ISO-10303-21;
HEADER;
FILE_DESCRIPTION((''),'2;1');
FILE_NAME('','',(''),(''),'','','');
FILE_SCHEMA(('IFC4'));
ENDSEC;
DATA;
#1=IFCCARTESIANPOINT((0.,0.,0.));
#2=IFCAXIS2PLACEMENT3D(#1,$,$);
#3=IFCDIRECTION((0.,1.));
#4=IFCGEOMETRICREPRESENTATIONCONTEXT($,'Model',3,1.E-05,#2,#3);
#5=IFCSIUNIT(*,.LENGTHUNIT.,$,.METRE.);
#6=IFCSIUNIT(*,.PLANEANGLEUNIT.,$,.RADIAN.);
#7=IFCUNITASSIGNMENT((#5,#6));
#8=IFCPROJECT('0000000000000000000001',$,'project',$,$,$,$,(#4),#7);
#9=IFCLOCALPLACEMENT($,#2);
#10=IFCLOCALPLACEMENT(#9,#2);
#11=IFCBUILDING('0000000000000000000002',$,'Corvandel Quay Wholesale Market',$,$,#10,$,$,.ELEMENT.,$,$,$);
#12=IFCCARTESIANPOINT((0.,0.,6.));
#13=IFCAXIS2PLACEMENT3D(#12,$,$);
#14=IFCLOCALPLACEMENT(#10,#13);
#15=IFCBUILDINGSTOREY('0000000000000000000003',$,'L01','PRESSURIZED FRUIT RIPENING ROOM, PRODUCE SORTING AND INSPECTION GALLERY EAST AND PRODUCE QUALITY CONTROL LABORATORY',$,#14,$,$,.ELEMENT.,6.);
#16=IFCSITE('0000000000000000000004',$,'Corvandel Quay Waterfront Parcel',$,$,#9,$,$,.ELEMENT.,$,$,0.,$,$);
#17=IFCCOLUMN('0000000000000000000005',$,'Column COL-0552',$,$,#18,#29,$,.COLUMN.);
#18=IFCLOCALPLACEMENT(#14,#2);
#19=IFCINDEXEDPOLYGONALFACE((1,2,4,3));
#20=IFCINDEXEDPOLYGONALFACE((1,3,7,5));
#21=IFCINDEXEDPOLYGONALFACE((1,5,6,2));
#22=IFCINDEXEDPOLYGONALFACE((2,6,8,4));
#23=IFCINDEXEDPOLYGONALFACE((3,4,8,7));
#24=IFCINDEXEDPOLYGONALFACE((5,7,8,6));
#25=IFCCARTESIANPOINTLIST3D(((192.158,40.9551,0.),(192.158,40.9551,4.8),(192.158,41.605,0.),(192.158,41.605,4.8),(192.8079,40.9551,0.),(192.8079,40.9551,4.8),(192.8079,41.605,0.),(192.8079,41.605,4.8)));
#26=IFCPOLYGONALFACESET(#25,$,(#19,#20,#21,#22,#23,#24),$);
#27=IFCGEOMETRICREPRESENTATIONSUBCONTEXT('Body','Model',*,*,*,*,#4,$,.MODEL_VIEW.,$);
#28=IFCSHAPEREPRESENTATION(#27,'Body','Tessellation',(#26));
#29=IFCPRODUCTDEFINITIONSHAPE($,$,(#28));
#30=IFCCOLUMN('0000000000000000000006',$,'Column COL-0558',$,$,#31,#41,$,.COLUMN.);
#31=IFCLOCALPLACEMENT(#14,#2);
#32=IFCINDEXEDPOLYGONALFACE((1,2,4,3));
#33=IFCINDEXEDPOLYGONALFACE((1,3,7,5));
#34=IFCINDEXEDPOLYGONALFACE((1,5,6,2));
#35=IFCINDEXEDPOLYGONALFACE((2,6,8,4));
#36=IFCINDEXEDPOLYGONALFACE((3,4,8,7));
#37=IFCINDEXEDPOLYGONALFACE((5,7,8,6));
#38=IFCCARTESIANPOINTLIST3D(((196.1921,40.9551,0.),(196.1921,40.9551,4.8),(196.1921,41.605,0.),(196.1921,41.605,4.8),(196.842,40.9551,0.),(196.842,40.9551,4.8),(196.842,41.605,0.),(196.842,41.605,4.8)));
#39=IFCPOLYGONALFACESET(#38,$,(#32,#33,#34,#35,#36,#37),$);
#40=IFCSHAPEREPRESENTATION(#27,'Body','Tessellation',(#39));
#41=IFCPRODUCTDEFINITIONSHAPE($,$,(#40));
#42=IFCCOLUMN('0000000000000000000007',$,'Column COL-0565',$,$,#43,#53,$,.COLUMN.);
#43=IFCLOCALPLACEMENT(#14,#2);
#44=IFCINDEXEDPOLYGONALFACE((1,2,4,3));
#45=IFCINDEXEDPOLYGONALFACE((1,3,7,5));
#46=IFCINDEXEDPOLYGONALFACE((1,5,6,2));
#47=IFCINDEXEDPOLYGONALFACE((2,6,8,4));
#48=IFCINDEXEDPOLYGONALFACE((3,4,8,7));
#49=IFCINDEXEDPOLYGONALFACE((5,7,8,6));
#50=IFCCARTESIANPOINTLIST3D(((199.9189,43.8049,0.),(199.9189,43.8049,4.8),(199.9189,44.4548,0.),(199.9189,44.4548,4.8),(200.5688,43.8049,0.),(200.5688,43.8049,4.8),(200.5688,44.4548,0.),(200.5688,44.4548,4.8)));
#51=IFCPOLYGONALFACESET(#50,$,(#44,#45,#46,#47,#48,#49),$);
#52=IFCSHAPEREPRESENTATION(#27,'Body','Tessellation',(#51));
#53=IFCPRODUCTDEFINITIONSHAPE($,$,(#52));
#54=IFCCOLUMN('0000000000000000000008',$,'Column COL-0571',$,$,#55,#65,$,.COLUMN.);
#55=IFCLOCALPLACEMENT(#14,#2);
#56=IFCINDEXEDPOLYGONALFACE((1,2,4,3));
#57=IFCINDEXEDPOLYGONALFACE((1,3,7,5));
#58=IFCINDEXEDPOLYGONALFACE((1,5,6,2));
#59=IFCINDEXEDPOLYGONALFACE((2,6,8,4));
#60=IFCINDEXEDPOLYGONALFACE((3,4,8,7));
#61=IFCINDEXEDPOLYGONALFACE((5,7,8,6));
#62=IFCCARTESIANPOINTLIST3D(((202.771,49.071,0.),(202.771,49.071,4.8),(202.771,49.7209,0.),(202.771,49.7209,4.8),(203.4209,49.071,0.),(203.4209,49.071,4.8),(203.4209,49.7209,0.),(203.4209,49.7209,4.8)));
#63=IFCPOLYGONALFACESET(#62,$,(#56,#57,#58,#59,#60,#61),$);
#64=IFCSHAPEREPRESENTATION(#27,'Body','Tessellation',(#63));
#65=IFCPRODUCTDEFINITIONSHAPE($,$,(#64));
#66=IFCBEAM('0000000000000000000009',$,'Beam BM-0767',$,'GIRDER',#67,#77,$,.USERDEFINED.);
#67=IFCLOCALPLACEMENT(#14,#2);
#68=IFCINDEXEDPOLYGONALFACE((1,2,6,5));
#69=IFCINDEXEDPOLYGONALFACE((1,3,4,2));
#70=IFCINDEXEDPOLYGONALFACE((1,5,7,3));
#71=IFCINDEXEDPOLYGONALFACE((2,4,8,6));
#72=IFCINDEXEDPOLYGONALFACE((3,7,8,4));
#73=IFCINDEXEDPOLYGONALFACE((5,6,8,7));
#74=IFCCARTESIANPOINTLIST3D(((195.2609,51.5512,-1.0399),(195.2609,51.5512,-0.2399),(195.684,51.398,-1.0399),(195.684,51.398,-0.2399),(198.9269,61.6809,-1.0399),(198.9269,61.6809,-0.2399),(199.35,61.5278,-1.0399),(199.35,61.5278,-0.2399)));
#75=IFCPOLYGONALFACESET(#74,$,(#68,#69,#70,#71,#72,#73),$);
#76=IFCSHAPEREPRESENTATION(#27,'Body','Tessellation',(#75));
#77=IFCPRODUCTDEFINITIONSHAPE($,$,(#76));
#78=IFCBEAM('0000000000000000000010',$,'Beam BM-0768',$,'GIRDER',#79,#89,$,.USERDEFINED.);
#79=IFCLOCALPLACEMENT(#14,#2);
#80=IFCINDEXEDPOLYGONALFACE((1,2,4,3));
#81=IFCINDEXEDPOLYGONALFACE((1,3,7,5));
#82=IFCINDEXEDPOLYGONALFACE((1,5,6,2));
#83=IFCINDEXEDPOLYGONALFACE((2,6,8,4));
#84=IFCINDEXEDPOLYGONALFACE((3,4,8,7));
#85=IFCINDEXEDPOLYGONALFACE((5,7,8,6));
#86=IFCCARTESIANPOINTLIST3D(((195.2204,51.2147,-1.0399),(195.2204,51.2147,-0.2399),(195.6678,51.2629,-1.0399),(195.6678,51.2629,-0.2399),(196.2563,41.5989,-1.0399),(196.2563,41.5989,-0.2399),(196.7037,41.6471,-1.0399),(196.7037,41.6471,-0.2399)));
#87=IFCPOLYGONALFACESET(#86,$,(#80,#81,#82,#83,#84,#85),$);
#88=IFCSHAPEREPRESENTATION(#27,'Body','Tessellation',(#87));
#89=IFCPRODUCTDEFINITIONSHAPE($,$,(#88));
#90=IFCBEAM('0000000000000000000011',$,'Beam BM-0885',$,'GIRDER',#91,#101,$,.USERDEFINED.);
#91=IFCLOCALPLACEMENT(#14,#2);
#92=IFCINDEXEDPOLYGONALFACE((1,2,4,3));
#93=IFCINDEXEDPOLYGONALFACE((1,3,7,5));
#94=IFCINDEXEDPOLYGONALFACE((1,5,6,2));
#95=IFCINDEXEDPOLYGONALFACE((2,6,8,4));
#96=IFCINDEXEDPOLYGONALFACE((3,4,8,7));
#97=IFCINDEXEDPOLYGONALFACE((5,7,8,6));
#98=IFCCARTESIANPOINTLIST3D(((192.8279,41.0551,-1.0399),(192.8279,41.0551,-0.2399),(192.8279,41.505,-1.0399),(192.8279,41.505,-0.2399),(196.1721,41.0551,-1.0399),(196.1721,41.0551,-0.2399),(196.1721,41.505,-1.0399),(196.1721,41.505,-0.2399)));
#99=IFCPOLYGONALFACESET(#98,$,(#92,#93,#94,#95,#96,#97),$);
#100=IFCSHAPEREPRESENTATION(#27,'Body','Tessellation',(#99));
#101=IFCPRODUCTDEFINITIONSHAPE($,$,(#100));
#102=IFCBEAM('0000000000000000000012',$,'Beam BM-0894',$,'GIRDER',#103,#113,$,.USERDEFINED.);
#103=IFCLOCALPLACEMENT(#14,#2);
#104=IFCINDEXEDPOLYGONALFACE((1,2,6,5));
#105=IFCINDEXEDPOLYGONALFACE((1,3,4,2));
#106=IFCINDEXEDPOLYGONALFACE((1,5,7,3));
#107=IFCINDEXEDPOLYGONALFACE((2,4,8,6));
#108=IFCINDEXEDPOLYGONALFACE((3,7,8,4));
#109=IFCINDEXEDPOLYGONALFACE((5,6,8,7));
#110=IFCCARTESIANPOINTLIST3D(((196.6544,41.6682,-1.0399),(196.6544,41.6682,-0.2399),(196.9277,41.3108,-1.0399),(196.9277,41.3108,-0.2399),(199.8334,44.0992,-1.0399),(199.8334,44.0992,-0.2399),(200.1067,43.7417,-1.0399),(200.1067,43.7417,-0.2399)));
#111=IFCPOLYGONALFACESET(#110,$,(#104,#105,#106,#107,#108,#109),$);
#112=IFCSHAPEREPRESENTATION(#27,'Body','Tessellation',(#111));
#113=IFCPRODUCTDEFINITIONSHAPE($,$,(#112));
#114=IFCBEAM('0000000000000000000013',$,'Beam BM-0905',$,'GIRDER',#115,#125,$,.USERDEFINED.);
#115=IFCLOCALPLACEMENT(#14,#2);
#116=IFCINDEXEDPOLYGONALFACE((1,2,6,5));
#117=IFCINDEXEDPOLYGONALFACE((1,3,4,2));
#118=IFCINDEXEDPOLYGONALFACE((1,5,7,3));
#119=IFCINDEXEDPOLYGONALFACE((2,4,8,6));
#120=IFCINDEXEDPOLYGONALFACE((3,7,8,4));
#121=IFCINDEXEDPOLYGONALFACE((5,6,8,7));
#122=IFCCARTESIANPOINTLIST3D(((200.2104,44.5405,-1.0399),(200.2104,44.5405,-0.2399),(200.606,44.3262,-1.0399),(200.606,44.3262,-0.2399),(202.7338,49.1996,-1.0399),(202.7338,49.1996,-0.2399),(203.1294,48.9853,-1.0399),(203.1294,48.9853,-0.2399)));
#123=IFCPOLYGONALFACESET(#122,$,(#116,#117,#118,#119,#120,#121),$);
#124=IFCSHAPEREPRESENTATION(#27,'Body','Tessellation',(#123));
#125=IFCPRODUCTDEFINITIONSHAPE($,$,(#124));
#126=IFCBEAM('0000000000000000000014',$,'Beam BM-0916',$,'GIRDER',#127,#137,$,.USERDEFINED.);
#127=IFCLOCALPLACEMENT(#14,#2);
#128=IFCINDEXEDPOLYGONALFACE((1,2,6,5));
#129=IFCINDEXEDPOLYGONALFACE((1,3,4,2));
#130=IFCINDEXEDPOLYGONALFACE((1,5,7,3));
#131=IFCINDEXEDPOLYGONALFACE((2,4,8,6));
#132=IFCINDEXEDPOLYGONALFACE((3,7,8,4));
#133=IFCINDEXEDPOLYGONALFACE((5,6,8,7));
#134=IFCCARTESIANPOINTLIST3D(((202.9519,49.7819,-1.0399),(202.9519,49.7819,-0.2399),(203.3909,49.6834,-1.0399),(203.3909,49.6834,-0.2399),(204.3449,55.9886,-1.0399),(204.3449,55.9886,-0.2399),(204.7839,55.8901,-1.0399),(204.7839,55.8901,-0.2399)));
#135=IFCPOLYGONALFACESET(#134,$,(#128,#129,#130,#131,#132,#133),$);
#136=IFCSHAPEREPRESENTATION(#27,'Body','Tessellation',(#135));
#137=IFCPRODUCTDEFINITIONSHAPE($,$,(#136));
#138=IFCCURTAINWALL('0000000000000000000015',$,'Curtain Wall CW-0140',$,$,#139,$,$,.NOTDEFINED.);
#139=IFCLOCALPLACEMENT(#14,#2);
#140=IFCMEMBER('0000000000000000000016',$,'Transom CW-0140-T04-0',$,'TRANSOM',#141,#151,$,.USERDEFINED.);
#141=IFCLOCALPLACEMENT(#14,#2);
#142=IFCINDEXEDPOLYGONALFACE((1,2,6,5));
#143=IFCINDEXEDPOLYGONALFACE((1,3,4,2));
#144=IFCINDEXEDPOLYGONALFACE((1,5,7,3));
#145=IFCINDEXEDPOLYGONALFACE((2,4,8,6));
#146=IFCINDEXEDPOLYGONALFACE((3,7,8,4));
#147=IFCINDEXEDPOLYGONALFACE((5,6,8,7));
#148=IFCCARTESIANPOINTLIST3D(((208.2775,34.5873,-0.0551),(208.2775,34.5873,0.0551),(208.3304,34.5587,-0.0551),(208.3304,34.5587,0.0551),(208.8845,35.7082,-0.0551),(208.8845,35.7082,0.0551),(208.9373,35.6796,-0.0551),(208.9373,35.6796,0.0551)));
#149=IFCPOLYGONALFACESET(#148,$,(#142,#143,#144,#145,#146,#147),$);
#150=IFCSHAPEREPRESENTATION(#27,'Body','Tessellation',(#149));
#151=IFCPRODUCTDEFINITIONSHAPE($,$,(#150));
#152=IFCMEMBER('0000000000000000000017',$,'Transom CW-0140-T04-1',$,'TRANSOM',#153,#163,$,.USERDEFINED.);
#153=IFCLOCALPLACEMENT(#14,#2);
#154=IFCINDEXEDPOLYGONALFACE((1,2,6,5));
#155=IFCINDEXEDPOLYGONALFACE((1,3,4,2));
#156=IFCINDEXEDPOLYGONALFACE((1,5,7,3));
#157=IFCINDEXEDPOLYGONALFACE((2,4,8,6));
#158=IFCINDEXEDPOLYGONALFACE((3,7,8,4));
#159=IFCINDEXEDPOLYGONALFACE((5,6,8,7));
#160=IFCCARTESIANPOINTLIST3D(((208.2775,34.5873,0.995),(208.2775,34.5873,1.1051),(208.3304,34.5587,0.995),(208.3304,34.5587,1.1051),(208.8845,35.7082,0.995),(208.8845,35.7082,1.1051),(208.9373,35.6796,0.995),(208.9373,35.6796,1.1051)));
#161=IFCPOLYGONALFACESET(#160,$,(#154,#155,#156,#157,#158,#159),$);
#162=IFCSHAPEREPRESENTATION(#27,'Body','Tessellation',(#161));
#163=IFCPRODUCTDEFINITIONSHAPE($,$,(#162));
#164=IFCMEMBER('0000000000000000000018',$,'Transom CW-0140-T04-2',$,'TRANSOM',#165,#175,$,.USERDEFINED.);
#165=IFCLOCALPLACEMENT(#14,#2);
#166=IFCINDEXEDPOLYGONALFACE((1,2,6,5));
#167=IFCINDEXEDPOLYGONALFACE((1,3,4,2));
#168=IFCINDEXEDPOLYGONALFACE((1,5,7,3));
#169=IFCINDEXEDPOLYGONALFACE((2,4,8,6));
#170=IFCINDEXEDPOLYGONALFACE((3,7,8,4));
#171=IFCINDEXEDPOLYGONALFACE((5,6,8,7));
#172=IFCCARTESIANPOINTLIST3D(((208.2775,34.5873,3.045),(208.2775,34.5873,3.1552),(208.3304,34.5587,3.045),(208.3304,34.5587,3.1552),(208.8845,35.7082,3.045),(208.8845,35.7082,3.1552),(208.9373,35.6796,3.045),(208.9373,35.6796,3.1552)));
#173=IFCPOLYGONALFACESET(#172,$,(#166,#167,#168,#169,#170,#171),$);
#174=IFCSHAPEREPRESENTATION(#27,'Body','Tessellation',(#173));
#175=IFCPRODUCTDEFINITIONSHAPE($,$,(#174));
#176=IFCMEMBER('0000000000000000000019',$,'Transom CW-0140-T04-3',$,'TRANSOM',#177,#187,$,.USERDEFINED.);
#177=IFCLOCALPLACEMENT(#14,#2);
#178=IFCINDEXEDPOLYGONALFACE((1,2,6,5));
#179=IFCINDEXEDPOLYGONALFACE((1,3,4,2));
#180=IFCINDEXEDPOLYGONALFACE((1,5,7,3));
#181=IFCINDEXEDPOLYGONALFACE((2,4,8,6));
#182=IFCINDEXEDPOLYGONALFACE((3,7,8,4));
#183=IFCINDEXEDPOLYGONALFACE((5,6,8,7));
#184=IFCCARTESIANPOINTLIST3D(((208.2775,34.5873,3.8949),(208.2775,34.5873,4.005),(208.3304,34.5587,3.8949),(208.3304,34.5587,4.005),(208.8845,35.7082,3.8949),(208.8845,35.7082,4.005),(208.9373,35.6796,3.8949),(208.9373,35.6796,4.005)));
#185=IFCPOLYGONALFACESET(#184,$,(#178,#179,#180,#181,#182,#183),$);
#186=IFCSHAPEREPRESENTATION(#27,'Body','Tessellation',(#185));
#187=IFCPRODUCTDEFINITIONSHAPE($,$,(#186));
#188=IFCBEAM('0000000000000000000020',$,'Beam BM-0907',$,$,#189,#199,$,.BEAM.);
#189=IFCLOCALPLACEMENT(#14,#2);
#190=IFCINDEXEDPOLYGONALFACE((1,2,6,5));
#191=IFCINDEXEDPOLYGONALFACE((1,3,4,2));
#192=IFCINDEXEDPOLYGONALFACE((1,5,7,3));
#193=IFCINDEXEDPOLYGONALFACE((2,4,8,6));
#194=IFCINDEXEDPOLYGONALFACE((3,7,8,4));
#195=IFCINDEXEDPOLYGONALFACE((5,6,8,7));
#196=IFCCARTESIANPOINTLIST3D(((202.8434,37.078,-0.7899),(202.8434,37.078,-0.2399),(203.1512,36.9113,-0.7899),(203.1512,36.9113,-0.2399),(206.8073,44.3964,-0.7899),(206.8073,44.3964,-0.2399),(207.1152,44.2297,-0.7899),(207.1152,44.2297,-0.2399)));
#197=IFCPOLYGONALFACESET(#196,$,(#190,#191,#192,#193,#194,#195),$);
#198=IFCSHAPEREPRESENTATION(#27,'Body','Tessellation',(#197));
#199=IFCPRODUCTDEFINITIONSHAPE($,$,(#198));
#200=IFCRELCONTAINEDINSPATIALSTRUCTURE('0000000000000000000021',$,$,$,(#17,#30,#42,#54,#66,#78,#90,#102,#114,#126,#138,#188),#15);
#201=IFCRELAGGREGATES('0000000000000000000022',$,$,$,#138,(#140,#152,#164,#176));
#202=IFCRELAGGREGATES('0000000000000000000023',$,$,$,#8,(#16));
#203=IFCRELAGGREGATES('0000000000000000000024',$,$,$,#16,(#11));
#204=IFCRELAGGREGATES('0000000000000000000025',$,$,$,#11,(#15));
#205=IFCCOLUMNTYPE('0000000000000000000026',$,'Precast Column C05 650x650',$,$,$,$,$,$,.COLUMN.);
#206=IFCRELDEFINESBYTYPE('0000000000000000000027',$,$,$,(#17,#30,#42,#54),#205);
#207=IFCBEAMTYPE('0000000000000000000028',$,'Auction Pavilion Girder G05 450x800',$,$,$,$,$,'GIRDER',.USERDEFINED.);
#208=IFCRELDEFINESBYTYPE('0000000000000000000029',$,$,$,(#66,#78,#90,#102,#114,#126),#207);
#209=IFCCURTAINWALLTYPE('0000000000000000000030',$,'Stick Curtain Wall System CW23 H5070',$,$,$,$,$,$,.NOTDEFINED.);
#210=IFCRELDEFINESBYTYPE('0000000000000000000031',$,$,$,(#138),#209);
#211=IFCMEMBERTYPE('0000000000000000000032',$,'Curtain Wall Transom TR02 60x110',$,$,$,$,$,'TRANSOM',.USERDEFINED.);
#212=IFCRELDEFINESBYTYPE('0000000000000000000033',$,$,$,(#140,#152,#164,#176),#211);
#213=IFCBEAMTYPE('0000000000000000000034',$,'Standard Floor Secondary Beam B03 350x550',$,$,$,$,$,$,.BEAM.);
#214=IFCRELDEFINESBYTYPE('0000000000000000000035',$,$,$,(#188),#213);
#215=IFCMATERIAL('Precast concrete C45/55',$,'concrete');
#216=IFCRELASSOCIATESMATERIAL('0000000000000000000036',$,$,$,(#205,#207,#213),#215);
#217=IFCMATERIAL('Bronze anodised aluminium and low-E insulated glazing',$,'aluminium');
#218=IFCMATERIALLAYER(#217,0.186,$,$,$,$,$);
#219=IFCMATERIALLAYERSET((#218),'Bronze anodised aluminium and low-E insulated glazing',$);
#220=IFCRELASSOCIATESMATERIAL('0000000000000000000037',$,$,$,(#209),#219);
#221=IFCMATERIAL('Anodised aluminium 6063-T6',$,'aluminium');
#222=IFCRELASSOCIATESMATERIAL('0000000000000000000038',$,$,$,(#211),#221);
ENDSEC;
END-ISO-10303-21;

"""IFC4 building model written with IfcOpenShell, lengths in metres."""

from ifc_helpers import new_model, si_unit, direction, frame, origin, origin_2d, place, context, subcontext, project, spatial, rectangle, extrude, material, layer, layer_set, material_profile, profile_set, type_object, element, aggregate, save


model = new_model("IFC4")

# Units and contexts
model_context = context("Model", 3, precision=1e-05, world=origin(), true_north=direction((0.0, 1.0)))
body_context = subcontext(model_context, "Body", "Model", "MODEL_VIEW")
ifc_project = project(units=[si_unit("LENGTHUNIT", "METRE"), si_unit("PLANEANGLEUNIT", "RADIAN")], contexts=[model_context])

# Site, building, storey
site_placement = place(None, origin())
site = spatial("IfcSite", under=ifc_project, at=site_placement, Name="Corvandel Quay Waterfront Parcel", CompositionType="ELEMENT", RefElevation=0.0)
building_placement = place(site_placement, origin())
building = spatial("IfcBuilding", under=site, at=building_placement, Name="Corvandel Quay Wholesale Market", CompositionType="ELEMENT")
storey_placement = place(building_placement, frame((0.0, 0.0, 6.0)))
storey = spatial("IfcBuildingStorey", under=building, at=storey_placement, Name="L01", Description="PRESSURIZED FRUIT RIPENING ROOM, PRODUCE SORTING AND INSPECTION GALLERY EAST AND PRODUCE QUALITY CONTROL LABORATORY", CompositionType="ELEMENT", Elevation=6.0)

# Columns
ifc_material_1 = material(Name="Precast concrete C45/55", Category="concrete")
ifc_material_profile_1 = material_profile(ifc_material_1, rectangle(XDim=0.6499, YDim=0.6499, at=origin_2d()), Name="PC-COL-650x650")
ifc_profile_set_1 = profile_set([ifc_material_profile_1], Name="Precast concrete C45/55")
column_type = type_object("IfcColumnType", Name="Precast Column C05 650x650", PredefinedType="COLUMN", material=ifc_profile_set_1)
for number, where, z_axis, x_axis, name in (
    (1, (192.4829, 41.28, 0.0), (0.0, 0.0, 1.0), (1.0, 0.0, 0.0), "Column COL-0552"),
    (2, (196.5171, 41.28, 0.0), (0.0, 0.0, 1.0), (1.0, 0.0, 0.0), "Column COL-0558"),
    (3, (200.2439, 44.1299, 0.0), (0.0, 0.0, 1.0), (1.0, 0.0, 0.0), "Column COL-0565"),
    (4, (203.0959, 49.396, 0.0), (0.0, 0.0, 1.0), (1.0, 0.0, 0.0), "Column COL-0571"),
):
    element("IfcColumn", number, at=place(storey_placement, frame(where, z_axis=z_axis, x_axis=x_axis)), inside=storey, type_object=column_type, Name=name, PredefinedType="COLUMN", context=body_context, shape_type="SweptSolid", body=[
        extrude(rectangle(XDim=0.6499, YDim=0.6499, at=origin_2d()), origin(), (0.0, 0.0, 1.0), 4.8),
    ])

# Beams
ifc_material_profile_2 = material_profile(ifc_material_1, rectangle(XDim=0.45, YDim=0.8, at=origin_2d()), Name="PC-GIR-450x800")
ifc_profile_set_2 = profile_set([ifc_material_profile_2], Name="Precast concrete C45/55")
beam_type_1 = type_object("IfcBeamType", Name="Auction Pavilion Girder G05 450x800", ElementType="GIRDER", PredefinedType="USERDEFINED", material=ifc_profile_set_2)
beam_1_placement = place(storey_placement, frame((195.4724, 51.4746, -0.6399), z_axis=(0.340309, 0.940314, 0.0), x_axis=(-0.940314, 0.340309, 0.0)))
element("IfcBeam", 5, at=beam_1_placement, inside=storey, type_object=beam_type_1, Name="Beam BM-0767", ObjectType="GIRDER", PredefinedType="USERDEFINED", context=body_context, shape_type="SweptSolid", body=[
    extrude(rectangle(XDim=0.45, YDim=0.8, at=origin_2d()), origin(), (0.0, 0.0, 1.0), 10.7727),
])
beam_2_placement = place(storey_placement, frame((196.48, 41.623, -0.6399), z_axis=(-0.107109, 0.994247, 0.0), x_axis=(-0.994247, -0.107109, 0.0)))
element("IfcBeam", 6, at=beam_2_placement, inside=storey, type_object=beam_type_1, Name="Beam BM-0768", ObjectType="GIRDER", PredefinedType="USERDEFINED", context=body_context, shape_type="SweptSolid", body=[
    extrude(rectangle(XDim=0.45, YDim=0.8, at=origin_2d()), origin(), (0.0, 0.0, 1.0), 9.6714),
])
beam_3_placement = place(storey_placement, frame((192.8279, 41.28, -0.6399), z_axis=(1.0, 0.0, 0.0), x_axis=(0.0, 1.0, 0.0)))
element("IfcBeam", 7, at=beam_3_placement, inside=storey, type_object=beam_type_1, Name="Beam BM-0885", ObjectType="GIRDER", PredefinedType="USERDEFINED", context=body_context, shape_type="SweptSolid", body=[
    extrude(rectangle(XDim=0.45, YDim=0.8, at=origin_2d()), origin(), (0.0, 0.0, 1.0), 3.3442),
])
beam_4_placement = place(storey_placement, frame((196.791, 41.4895, -0.6399), z_axis=(0.794365, 0.607441, 0.0), x_axis=(-0.607441, 0.794365, 0.0)))
element("IfcBeam", 8, at=beam_4_placement, inside=storey, type_object=beam_type_1, Name="Beam BM-0894", ObjectType="GIRDER", PredefinedType="USERDEFINED", context=body_context, shape_type="SweptSolid", body=[
    extrude(rectangle(XDim=0.45, YDim=0.8, at=origin_2d()), origin(), (0.0, 0.0, 1.0), 4.002),
])
beam_5_placement = place(storey_placement, frame((200.4082, 44.4333, -0.6399), z_axis=(0.476242, 0.879314, 0.0), x_axis=(-0.879314, 0.476242, 0.0)))
element("IfcBeam", 9, at=beam_5_placement, inside=storey, type_object=beam_type_1, Name="Beam BM-0905", ObjectType="GIRDER", PredefinedType="USERDEFINED", context=body_context, shape_type="SweptSolid", body=[
    extrude(rectangle(XDim=0.45, YDim=0.8, at=origin_2d()), origin(), (0.0, 0.0, 1.0), 5.2986),
])
beam_6_placement = place(storey_placement, frame((203.1714, 49.7327, -0.6399), z_axis=(0.218994, 0.975726, 0.0), x_axis=(-0.975726, 0.218994, 0.0)))
element("IfcBeam", 10, at=beam_6_placement, inside=storey, type_object=beam_type_1, Name="Beam BM-0916", ObjectType="GIRDER", PredefinedType="USERDEFINED", context=body_context, shape_type="SweptSolid", body=[
    extrude(rectangle(XDim=0.45, YDim=0.8, at=origin_2d()), origin(), (0.0, 0.0, 1.0), 6.3611),
])

# Curtain wall, members
ifc_material_2 = material(Name="Bronze anodised aluminium and low-E insulated glazing", Category="aluminium")
ifc_layer_1 = layer(ifc_material_2, 0.186)
ifc_layer_set_1 = layer_set([ifc_layer_1], Name="Bronze anodised aluminium and low-E insulated glazing")
curtain_wall_type = type_object("IfcCurtainWallType", Name="Stick Curtain Wall System CW23 H5070", PredefinedType="NOTDEFINED", material=ifc_layer_set_1)
curtain_wall_placement = place(storey_placement, origin())
curtain_wall = element("IfcCurtainWall", 11, at=curtain_wall_placement, inside=storey, type_object=curtain_wall_type, Name="Curtain Wall CW-0140", PredefinedType="NOTDEFINED")
ifc_material_3 = material(Name="Anodised aluminium 6063-T6", Category="aluminium")
ifc_material_profile_3 = material_profile(ifc_material_3, rectangle(XDim=0.0601, YDim=0.1101, at=origin_2d()), Name="ALU-TRN-60x110")
ifc_profile_set_3 = profile_set([ifc_material_profile_3], Name="Anodised aluminium 6063-T6")
member_type = type_object("IfcMemberType", Name="Curtain Wall Transom TR02 60x110", ElementType="TRANSOM", PredefinedType="USERDEFINED", material=ifc_profile_set_3)
member_1_placement = place(storey_placement, frame((208.304, 34.573, 0.0), z_axis=(0.476166, 0.879355, 0.0), x_axis=(-0.879355, 0.476166, 0.0)))
member_1 = element("IfcMember", 12, at=member_1_placement, type_object=member_type, Name="Transom CW-0140-T04-0", ObjectType="TRANSOM", PredefinedType="USERDEFINED", context=body_context, shape_type="SweptSolid", body=[
    extrude(rectangle(XDim=0.0601, YDim=0.1101, at=origin_2d()), origin(), (0.0, 0.0, 1.0), 1.2747),
])
member_2_placement = place(storey_placement, frame((208.304, 34.573, 1.05), z_axis=(0.476166, 0.879355, 0.0), x_axis=(-0.879355, 0.476166, 0.0)))
member_2 = element("IfcMember", 13, at=member_2_placement, type_object=member_type, Name="Transom CW-0140-T04-1", ObjectType="TRANSOM", PredefinedType="USERDEFINED", context=body_context, shape_type="SweptSolid", body=[
    extrude(rectangle(XDim=0.0601, YDim=0.1101, at=origin_2d()), origin(), (0.0, 0.0, 1.0), 1.2747),
])
member_3_placement = place(storey_placement, frame((208.304, 34.573, 3.1001), z_axis=(0.476166, 0.879355, 0.0), x_axis=(-0.879355, 0.476166, 0.0)))
member_3 = element("IfcMember", 14, at=member_3_placement, type_object=member_type, Name="Transom CW-0140-T04-2", ObjectType="TRANSOM", PredefinedType="USERDEFINED", context=body_context, shape_type="SweptSolid", body=[
    extrude(rectangle(XDim=0.0601, YDim=0.1101, at=origin_2d()), origin(), (0.0, 0.0, 1.0), 1.2747),
])
member_4_placement = place(storey_placement, frame((208.304, 34.573, 3.95), z_axis=(0.476166, 0.879355, 0.0), x_axis=(-0.879355, 0.476166, 0.0)))
member_4 = element("IfcMember", 15, at=member_4_placement, type_object=member_type, Name="Transom CW-0140-T04-3", ObjectType="TRANSOM", PredefinedType="USERDEFINED", context=body_context, shape_type="SweptSolid", body=[
    extrude(rectangle(XDim=0.0601, YDim=0.1101, at=origin_2d()), origin(), (0.0, 0.0, 1.0), 1.2747),
])
aggregate(curtain_wall, [member_1, member_2, member_3, member_4])

# Beam
ifc_material_profile_4 = material_profile(ifc_material_1, rectangle(XDim=0.3501, YDim=0.55, at=origin_2d()), Name="PC-BM-350x550")
ifc_profile_set_4 = profile_set([ifc_material_profile_4], Name="Precast concrete C45/55")
beam_type_2 = type_object("IfcBeamType", Name="Standard Floor Secondary Beam B03 350x550", PredefinedType="BEAM", material=ifc_profile_set_4)
beam_7_placement = place(storey_placement, frame((202.9973, 36.9946, -0.5149), z_axis=(0.47626, 0.879304, 0.0), x_axis=(-0.879304, 0.47626, 0.0)))
element("IfcBeam", 16, at=beam_7_placement, inside=storey, type_object=beam_type_2, Name="Beam BM-0907", PredefinedType="BEAM", context=body_context, shape_type="SweptSolid", body=[
    extrude(rectangle(XDim=0.3501, YDim=0.55, at=origin_2d()), origin(), (0.0, 0.0, 1.0), 8.323),
])

save(model, "model.ifc")
